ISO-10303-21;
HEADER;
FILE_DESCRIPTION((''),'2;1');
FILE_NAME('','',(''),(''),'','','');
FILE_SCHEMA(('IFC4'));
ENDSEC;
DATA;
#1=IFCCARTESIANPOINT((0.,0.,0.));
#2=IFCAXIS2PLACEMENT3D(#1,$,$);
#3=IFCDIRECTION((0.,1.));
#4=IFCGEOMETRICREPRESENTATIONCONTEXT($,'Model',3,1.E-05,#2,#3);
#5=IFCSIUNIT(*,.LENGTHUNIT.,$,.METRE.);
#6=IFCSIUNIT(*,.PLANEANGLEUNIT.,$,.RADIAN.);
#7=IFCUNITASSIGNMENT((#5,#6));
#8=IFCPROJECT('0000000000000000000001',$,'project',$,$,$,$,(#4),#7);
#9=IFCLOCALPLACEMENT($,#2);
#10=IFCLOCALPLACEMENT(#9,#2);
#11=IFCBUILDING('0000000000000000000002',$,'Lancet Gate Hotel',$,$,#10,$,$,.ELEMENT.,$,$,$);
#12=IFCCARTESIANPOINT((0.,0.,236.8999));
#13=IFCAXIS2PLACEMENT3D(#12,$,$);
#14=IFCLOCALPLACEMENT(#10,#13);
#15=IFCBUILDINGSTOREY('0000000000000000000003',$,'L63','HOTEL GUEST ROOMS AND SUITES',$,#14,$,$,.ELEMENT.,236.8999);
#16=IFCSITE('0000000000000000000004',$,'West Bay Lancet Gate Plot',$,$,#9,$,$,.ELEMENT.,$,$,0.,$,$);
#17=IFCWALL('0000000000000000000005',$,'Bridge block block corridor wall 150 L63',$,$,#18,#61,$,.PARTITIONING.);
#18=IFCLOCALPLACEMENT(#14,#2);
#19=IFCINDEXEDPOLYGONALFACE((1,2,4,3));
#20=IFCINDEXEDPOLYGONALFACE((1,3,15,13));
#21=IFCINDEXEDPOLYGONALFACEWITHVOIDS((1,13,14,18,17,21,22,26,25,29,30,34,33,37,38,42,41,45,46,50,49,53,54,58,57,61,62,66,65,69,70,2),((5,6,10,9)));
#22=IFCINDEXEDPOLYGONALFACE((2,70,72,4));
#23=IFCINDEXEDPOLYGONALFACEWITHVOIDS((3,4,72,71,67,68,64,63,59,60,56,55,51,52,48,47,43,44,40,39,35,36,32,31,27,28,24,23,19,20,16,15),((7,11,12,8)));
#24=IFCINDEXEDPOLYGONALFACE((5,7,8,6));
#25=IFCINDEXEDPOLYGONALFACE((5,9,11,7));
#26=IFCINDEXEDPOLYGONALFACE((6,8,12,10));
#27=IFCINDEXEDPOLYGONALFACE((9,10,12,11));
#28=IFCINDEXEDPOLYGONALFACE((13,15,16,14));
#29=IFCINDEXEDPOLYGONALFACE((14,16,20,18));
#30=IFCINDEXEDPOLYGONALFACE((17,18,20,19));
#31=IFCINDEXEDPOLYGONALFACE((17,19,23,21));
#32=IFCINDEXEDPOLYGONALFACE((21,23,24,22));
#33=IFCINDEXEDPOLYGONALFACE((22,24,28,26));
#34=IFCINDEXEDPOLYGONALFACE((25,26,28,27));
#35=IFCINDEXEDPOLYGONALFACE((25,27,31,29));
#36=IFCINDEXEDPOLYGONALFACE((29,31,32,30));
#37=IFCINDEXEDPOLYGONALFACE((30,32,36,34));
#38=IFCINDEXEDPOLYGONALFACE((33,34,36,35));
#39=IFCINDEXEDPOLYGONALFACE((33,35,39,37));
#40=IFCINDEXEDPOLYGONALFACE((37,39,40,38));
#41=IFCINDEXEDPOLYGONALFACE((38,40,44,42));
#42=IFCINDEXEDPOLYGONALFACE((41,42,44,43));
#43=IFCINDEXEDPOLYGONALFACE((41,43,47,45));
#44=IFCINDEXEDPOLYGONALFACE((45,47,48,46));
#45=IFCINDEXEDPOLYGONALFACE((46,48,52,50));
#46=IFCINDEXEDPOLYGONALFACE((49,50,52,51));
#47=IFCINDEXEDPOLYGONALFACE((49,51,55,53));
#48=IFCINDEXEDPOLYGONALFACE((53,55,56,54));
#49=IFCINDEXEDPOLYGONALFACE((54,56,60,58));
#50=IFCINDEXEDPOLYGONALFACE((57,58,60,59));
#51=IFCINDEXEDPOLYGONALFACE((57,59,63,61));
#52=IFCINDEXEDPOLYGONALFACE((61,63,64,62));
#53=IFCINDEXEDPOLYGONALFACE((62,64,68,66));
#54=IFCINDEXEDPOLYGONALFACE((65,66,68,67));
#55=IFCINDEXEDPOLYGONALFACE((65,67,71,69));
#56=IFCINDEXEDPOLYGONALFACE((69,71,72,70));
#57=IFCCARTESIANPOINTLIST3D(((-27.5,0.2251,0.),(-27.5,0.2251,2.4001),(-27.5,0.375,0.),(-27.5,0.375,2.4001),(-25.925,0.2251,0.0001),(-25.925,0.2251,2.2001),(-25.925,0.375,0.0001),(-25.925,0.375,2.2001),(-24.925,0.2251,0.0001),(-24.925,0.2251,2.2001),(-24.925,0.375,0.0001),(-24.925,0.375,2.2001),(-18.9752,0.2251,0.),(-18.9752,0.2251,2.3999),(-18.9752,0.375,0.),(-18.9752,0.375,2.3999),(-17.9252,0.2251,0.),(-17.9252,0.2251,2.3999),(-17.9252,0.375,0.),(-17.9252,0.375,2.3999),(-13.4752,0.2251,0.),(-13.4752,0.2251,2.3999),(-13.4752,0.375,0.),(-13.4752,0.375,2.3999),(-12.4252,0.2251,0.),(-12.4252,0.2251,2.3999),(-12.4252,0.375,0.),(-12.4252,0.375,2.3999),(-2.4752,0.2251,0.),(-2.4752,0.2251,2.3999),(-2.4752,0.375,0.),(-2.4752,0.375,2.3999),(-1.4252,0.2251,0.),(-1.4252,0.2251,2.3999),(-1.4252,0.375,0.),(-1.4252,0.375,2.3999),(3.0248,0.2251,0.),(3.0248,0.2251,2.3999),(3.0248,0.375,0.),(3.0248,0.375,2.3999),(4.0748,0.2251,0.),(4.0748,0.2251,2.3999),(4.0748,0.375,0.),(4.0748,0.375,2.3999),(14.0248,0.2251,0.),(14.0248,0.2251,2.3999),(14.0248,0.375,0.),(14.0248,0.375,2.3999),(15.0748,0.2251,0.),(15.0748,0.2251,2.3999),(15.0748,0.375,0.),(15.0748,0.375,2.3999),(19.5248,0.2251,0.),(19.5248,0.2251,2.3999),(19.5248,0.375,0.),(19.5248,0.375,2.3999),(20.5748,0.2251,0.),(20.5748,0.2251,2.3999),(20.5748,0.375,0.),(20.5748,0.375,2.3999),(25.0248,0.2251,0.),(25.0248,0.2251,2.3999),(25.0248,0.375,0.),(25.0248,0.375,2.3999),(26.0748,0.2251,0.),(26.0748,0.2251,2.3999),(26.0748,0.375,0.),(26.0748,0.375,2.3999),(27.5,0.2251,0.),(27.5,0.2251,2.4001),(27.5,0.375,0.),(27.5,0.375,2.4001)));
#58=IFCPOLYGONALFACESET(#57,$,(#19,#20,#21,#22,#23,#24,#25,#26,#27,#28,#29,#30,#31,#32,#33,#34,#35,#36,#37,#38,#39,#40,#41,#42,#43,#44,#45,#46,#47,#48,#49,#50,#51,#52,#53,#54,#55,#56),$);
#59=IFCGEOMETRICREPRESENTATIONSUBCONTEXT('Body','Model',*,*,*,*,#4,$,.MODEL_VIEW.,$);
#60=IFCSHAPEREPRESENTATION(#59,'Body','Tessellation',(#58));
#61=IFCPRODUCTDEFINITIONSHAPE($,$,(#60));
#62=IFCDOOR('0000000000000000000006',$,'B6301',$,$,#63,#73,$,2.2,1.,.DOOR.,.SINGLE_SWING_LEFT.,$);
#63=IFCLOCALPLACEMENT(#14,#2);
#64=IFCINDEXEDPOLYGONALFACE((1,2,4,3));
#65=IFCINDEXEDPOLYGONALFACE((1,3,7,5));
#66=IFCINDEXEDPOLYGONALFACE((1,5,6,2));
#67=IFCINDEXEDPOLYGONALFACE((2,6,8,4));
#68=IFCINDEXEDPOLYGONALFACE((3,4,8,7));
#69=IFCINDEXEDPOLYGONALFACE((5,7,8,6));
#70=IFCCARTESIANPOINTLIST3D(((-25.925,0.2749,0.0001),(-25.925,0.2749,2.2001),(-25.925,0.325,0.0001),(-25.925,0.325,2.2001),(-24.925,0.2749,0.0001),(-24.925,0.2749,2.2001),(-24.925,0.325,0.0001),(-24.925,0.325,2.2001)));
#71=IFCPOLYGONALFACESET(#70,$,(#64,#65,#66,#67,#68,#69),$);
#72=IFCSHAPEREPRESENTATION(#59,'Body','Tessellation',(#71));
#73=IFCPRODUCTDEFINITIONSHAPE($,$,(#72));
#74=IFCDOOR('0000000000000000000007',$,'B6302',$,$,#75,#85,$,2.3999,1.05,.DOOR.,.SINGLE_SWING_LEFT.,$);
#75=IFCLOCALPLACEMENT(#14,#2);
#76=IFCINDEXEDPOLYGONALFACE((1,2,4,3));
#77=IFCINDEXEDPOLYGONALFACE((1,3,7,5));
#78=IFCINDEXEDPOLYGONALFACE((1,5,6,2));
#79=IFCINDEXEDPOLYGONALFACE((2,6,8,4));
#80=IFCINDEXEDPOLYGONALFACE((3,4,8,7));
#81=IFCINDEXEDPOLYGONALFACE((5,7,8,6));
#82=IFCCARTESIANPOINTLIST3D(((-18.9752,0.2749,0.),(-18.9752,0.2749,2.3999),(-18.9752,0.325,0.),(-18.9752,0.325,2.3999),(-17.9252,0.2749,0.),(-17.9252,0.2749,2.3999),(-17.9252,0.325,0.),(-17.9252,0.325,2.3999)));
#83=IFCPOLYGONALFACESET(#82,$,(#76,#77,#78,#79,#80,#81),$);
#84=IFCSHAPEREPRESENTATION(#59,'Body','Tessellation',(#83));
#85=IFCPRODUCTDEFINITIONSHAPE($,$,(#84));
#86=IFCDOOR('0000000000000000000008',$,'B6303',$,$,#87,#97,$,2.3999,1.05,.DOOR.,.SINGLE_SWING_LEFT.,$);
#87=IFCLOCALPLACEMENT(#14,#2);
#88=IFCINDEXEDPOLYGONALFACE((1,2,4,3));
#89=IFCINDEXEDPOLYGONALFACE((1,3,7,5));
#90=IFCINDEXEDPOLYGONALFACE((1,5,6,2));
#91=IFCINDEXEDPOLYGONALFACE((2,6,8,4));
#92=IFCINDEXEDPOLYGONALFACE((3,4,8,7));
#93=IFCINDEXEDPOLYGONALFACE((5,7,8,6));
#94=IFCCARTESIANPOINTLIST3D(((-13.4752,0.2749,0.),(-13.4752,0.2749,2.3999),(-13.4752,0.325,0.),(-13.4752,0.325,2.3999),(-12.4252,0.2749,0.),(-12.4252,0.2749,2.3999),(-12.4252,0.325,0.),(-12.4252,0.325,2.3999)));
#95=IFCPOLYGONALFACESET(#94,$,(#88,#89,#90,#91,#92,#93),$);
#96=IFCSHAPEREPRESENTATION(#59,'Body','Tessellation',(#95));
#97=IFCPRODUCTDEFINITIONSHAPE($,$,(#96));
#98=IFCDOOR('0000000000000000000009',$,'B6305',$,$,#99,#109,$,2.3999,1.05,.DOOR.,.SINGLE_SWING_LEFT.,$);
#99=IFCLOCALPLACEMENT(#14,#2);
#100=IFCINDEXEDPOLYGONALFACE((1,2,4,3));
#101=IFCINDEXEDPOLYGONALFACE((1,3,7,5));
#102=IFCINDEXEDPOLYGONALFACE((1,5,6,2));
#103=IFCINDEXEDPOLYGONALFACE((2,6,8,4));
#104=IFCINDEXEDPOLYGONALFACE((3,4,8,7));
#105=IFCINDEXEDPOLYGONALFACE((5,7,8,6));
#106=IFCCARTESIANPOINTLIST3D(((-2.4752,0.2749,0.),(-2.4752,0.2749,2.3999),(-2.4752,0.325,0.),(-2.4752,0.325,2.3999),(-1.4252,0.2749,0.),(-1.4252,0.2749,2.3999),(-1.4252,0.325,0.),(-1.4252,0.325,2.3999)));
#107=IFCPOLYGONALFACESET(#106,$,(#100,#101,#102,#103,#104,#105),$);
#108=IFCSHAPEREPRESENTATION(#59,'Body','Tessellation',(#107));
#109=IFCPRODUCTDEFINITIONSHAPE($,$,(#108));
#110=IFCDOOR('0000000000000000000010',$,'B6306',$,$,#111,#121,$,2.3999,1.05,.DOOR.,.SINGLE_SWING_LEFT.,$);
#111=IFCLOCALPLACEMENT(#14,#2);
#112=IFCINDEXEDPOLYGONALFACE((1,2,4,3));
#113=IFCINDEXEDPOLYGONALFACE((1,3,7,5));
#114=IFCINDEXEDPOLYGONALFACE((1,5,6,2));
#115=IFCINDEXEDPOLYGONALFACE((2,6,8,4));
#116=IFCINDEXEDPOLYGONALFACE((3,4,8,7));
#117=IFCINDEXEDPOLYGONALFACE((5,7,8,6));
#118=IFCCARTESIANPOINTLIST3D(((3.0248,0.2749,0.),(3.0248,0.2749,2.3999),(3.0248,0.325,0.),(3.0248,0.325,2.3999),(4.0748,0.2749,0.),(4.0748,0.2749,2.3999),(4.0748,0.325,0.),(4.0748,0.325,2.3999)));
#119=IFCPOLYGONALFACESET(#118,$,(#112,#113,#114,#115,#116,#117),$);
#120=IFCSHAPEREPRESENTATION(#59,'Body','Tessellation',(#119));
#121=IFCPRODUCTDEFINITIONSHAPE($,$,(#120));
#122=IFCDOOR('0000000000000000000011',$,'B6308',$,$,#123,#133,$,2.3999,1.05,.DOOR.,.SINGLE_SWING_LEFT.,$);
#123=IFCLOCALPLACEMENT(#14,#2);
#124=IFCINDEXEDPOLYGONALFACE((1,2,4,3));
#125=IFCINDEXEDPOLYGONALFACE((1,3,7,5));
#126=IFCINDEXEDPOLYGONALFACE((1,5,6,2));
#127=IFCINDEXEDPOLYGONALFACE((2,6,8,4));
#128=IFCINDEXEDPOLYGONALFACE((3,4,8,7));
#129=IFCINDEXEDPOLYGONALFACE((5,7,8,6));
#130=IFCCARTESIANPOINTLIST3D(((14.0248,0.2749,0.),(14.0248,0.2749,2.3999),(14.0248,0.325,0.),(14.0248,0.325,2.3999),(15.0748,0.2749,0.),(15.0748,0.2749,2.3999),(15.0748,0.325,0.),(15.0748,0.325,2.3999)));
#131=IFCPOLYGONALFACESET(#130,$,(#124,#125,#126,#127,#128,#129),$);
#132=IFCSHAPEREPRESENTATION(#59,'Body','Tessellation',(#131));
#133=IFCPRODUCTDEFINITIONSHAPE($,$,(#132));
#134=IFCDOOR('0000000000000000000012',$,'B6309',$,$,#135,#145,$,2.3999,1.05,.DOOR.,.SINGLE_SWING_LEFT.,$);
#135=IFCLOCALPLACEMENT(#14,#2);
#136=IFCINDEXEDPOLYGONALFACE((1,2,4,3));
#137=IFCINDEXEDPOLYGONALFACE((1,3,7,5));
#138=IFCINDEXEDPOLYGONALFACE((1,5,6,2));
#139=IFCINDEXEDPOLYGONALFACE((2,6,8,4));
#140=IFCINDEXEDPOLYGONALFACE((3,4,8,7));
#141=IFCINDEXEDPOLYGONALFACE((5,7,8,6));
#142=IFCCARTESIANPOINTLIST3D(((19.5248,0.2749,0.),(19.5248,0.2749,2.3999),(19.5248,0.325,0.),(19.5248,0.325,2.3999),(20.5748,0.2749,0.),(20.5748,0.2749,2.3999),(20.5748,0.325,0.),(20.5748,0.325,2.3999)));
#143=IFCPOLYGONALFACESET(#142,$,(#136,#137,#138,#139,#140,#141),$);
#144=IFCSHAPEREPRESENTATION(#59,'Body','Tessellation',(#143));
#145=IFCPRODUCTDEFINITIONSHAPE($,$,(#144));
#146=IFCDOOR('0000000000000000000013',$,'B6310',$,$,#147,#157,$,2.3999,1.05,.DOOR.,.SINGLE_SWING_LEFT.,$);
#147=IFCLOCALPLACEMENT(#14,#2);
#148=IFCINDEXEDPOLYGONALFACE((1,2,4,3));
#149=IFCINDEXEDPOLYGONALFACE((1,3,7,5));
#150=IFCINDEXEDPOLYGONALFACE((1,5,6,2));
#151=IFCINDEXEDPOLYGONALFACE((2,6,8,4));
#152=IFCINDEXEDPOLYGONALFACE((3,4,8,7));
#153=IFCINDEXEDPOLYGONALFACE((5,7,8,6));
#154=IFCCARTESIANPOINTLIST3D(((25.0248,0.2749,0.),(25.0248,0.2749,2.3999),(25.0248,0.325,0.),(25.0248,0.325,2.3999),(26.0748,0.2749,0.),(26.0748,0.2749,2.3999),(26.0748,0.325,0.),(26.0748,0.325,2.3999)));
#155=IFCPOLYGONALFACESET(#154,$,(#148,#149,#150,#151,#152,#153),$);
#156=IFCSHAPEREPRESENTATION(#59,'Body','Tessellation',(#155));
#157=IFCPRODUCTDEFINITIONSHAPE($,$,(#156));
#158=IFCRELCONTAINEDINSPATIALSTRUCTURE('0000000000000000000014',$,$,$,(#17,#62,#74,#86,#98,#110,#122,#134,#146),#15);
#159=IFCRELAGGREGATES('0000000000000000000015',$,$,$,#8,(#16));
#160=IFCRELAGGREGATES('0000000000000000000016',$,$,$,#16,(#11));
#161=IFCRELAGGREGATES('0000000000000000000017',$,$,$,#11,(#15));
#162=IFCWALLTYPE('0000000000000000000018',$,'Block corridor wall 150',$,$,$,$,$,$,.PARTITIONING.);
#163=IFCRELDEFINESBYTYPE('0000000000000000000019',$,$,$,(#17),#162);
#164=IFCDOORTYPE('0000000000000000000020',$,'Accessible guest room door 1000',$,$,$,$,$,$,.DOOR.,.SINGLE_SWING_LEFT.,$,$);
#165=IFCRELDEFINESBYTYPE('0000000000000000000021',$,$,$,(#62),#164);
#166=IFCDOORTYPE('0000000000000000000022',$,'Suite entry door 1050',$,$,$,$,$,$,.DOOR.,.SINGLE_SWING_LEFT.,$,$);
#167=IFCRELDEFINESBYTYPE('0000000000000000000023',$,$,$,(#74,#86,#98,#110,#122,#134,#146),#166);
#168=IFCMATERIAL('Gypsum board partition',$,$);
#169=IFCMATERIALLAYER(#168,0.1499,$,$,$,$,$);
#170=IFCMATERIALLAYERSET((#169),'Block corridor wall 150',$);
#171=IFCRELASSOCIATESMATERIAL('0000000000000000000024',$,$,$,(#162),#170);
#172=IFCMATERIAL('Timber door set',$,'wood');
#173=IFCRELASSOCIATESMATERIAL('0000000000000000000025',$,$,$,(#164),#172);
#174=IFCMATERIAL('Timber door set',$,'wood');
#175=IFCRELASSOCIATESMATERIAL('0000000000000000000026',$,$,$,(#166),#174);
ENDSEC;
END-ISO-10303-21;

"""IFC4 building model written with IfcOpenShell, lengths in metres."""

from ifc_helpers import new_model, si_unit, direction, frame, frame_2d, origin, place, context, subcontext, project, spatial, rectangle, extrude, material, layer, layer_set, type_object, element, fill, save


model = new_model("IFC4")

# Units and contexts
model_context = context("Model", 3, precision=1e-05, world=origin(), true_north=direction((0.0, 1.0)))
body_context = subcontext(model_context, "Body", "Model", "MODEL_VIEW")
ifc_project = project(units=[si_unit("LENGTHUNIT", "METRE"), si_unit("PLANEANGLEUNIT", "RADIAN")], contexts=[model_context])

# Site, building, storey
site_placement = place(None, origin())
site = spatial("IfcSite", under=ifc_project, at=site_placement, Name="West Bay Lancet Gate Plot", CompositionType="ELEMENT", RefElevation=0.0)
building_placement = place(site_placement, origin())
building = spatial("IfcBuilding", under=site, at=building_placement, Name="Lancet Gate Hotel", CompositionType="ELEMENT")
storey_placement = place(building_placement, frame((0.0, 0.0, 236.8999)))
storey = spatial("IfcBuildingStorey", under=building, at=storey_placement, Name="L63", Description="HOTEL GUEST ROOMS AND SUITES", CompositionType="ELEMENT", Elevation=236.8999)

# Wall, openings, doors
ifc_material_1 = material(Name="Gypsum board partition")
ifc_layer_1 = layer(ifc_material_1, 0.1499)
ifc_layer_set_1 = layer_set([ifc_layer_1], Name="Block corridor wall 150")
wall_type_1 = type_object("IfcWallType", Name="Block corridor wall 150", PredefinedType="PARTITIONING", material=ifc_layer_set_1)
wall_1_placement = place(storey_placement, frame((-27.5, 0.3, 0.0), z_axis=(0.0, 0.0, 1.0), x_axis=(1.0, 0.0, 0.0)))
wall_1 = element("IfcWall", 1, at=wall_1_placement, inside=storey, type_object=wall_type_1, Name="Bridge block block corridor wall 150 L63", PredefinedType="PARTITIONING", context=body_context, shape_type="SweptSolid", body=[
    extrude(rectangle(XDim=55.0, YDim=0.1499, at=frame_2d((27.5, 0.0))), origin(), (0.0, 0.0, 1.0), 2.4001),
])
opening_1_placement = place(wall_1_placement, frame((1.575, 0.0, 0.0)))
opening_1 = element("IfcOpeningElement", 2, at=opening_1_placement, cuts=wall_1, PredefinedType="OPENING", context=body_context, shape_type="SweptSolid", body=[
    extrude(rectangle(XDim=1.0, YDim=2.2, at=frame_2d((0.5, 1.1001))), frame((0.0, 0.085, 0.0), z_axis=(0.0, -1.0, 0.0), x_axis=(1.0, 0.0, 0.0)), (0.0, 0.0, 1.0), 0.1699),
])
opening_2_placement = place(wall_1_placement, frame((8.5249, 0.0, 0.0)))
opening_2 = element("IfcOpeningElement", 3, at=opening_2_placement, cuts=wall_1, PredefinedType="OPENING", context=body_context, shape_type="SweptSolid", body=[
    extrude(rectangle(XDim=1.05, YDim=2.3999, at=frame_2d((0.5249, 1.2))), frame((0.0, 0.085, 0.0), z_axis=(0.0, -1.0, 0.0), x_axis=(1.0, 0.0, 0.0)), (0.0, 0.0, 1.0), 0.1699),
])
opening_3_placement = place(wall_1_placement, frame((14.0249, 0.0, 0.0)))
opening_3 = element("IfcOpeningElement", 4, at=opening_3_placement, cuts=wall_1, PredefinedType="OPENING", context=body_context, shape_type="SweptSolid", body=[
    extrude(rectangle(XDim=1.05, YDim=2.3999, at=frame_2d((0.5249, 1.2))), frame((0.0, 0.085, 0.0), z_axis=(0.0, -1.0, 0.0), x_axis=(1.0, 0.0, 0.0)), (0.0, 0.0, 1.0), 0.1699),
])
opening_4_placement = place(wall_1_placement, frame((25.0249, 0.0, 0.0)))
opening_4 = element("IfcOpeningElement", 5, at=opening_4_placement, cuts=wall_1, PredefinedType="OPENING", context=body_context, shape_type="SweptSolid", body=[
    extrude(rectangle(XDim=1.05, YDim=2.3999, at=frame_2d((0.5249, 1.2))), frame((0.0, 0.085, 0.0), z_axis=(0.0, -1.0, 0.0), x_axis=(1.0, 0.0, 0.0)), (0.0, 0.0, 1.0), 0.1699),
])
opening_5_placement = place(wall_1_placement, frame((30.5249, 0.0, 0.0)))
opening_5 = element("IfcOpeningElement", 6, at=opening_5_placement, cuts=wall_1, PredefinedType="OPENING", context=body_context, shape_type="SweptSolid", body=[
    extrude(rectangle(XDim=1.05, YDim=2.3999, at=frame_2d((0.5249, 1.2))), frame((0.0, 0.085, 0.0), z_axis=(0.0, -1.0, 0.0), x_axis=(1.0, 0.0, 0.0)), (0.0, 0.0, 1.0), 0.1699),
])
opening_6_placement = place(wall_1_placement, frame((41.5249, 0.0, 0.0)))
opening_6 = element("IfcOpeningElement", 7, at=opening_6_placement, cuts=wall_1, PredefinedType="OPENING", context=body_context, shape_type="SweptSolid", body=[
    extrude(rectangle(XDim=1.05, YDim=2.3999, at=frame_2d((0.5249, 1.2))), frame((0.0, 0.085, 0.0), z_axis=(0.0, -1.0, 0.0), x_axis=(1.0, 0.0, 0.0)), (0.0, 0.0, 1.0), 0.1699),
])
opening_7_placement = place(wall_1_placement, frame((47.0249, 0.0, 0.0)))
opening_7 = element("IfcOpeningElement", 8, at=opening_7_placement, cuts=wall_1, PredefinedType="OPENING", context=body_context, shape_type="SweptSolid", body=[
    extrude(rectangle(XDim=1.05, YDim=2.3999, at=frame_2d((0.5249, 1.2))), frame((0.0, 0.085, 0.0), z_axis=(0.0, -1.0, 0.0), x_axis=(1.0, 0.0, 0.0)), (0.0, 0.0, 1.0), 0.1699),
])
opening_8_placement = place(wall_1_placement, frame((52.5249, 0.0, 0.0)))
opening_8 = element("IfcOpeningElement", 9, at=opening_8_placement, cuts=wall_1, PredefinedType="OPENING", context=body_context, shape_type="SweptSolid", body=[
    extrude(rectangle(XDim=1.05, YDim=2.3999, at=frame_2d((0.5249, 1.2))), frame((0.0, 0.085, 0.0), z_axis=(0.0, -1.0, 0.0), x_axis=(1.0, 0.0, 0.0)), (0.0, 0.0, 1.0), 0.1699),
])
ifc_material_2 = material(Name="Timber door set", Category="wood")
door_type_1 = type_object("IfcDoorType", Name="Accessible guest room door 1000", OperationType="SINGLE_SWING_LEFT", PredefinedType="DOOR", material=ifc_material_2)
door_1_placement = place(opening_1_placement, origin())
door_1 = element("IfcDoor", 10, at=door_1_placement, inside=storey, type_object=door_type_1, Name="B6301", OperationType="SINGLE_SWING_LEFT", OverallHeight=2.2, OverallWidth=1.0, PredefinedType="DOOR", context=body_context, shape_type="SweptSolid", body=[
    extrude(rectangle(XDim=1.0, YDim=2.2, at=frame_2d((0.5, 1.1001))), frame((0.0, 0.0249, 0.0), z_axis=(0.0, -1.0, 0.0), x_axis=(1.0, 0.0, 0.0)), (0.0, 0.0, 1.0), 0.05),
])
fill(opening_1, door_1)
ifc_material_3 = material(Name="Timber door set", Category="wood")
door_type_2 = type_object("IfcDoorType", Name="Suite entry door 1050", OperationType="SINGLE_SWING_LEFT", PredefinedType="DOOR", material=ifc_material_3)
door_2_placement = place(opening_2_placement, origin())
door_2 = element("IfcDoor", 11, at=door_2_placement, inside=storey, type_object=door_type_2, Name="B6302", OperationType="SINGLE_SWING_LEFT", OverallHeight=2.3999, OverallWidth=1.05, PredefinedType="DOOR", context=body_context, shape_type="SweptSolid", body=[
    extrude(rectangle(XDim=1.05, YDim=2.3999, at=frame_2d((0.5249, 1.2))), frame((0.0, 0.0249, 0.0), z_axis=(0.0, -1.0, 0.0), x_axis=(1.0, 0.0, 0.0)), (0.0, 0.0, 1.0), 0.05),
])
fill(opening_2, door_2)
door_3_placement = place(opening_3_placement, origin())
door_3 = element("IfcDoor", 12, at=door_3_placement, inside=storey, type_object=door_type_2, Name="B6303", OperationType="SINGLE_SWING_LEFT", OverallHeight=2.3999, OverallWidth=1.05, PredefinedType="DOOR", context=body_context, shape_type="SweptSolid", body=[
    extrude(rectangle(XDim=1.05, YDim=2.3999, at=frame_2d((0.5249, 1.2))), frame((0.0, 0.0249, 0.0), z_axis=(0.0, -1.0, 0.0), x_axis=(1.0, 0.0, 0.0)), (0.0, 0.0, 1.0), 0.05),
])
fill(opening_3, door_3)
door_4_placement = place(opening_4_placement, origin())
door_4 = element("IfcDoor", 13, at=door_4_placement, inside=storey, type_object=door_type_2, Name="B6305", OperationType="SINGLE_SWING_LEFT", OverallHeight=2.3999, OverallWidth=1.05, PredefinedType="DOOR", context=body_context, shape_type="SweptSolid", body=[
    extrude(rectangle(XDim=1.05, YDim=2.3999, at=frame_2d((0.5249, 1.2))), frame((0.0, 0.0249, 0.0), z_axis=(0.0, -1.0, 0.0), x_axis=(1.0, 0.0, 0.0)), (0.0, 0.0, 1.0), 0.05),
])
fill(opening_4, door_4)
door_5_placement = place(opening_5_placement, origin())
door_5 = element("IfcDoor", 14, at=door_5_placement, inside=storey, type_object=door_type_2, Name="B6306", OperationType="SINGLE_SWING_LEFT", OverallHeight=2.3999, OverallWidth=1.05, PredefinedType="DOOR", context=body_context, shape_type="SweptSolid", body=[
    extrude(rectangle(XDim=1.05, YDim=2.3999, at=frame_2d((0.5249, 1.2))), frame((0.0, 0.0249, 0.0), z_axis=(0.0, -1.0, 0.0), x_axis=(1.0, 0.0, 0.0)), (0.0, 0.0, 1.0), 0.05),
])
fill(opening_5, door_5)
door_6_placement = place(opening_6_placement, origin())
door_6 = element("IfcDoor", 15, at=door_6_placement, inside=storey, type_object=door_type_2, Name="B6308", OperationType="SINGLE_SWING_LEFT", OverallHeight=2.3999, OverallWidth=1.05, PredefinedType="DOOR", context=body_context, shape_type="SweptSolid", body=[
    extrude(rectangle(XDim=1.05, YDim=2.3999, at=frame_2d((0.5249, 1.2))), frame((0.0, 0.0249, 0.0), z_axis=(0.0, -1.0, 0.0), x_axis=(1.0, 0.0, 0.0)), (0.0, 0.0, 1.0), 0.05),
])
fill(opening_6, door_6)
door_7_placement = place(opening_7_placement, origin())
door_7 = element("IfcDoor", 16, at=door_7_placement, inside=storey, type_object=door_type_2, Name="B6309", OperationType="SINGLE_SWING_LEFT", OverallHeight=2.3999, OverallWidth=1.05, PredefinedType="DOOR", context=body_context, shape_type="SweptSolid", body=[
    extrude(rectangle(XDim=1.05, YDim=2.3999, at=frame_2d((0.5249, 1.2))), frame((0.0, 0.0249, 0.0), z_axis=(0.0, -1.0, 0.0), x_axis=(1.0, 0.0, 0.0)), (0.0, 0.0, 1.0), 0.05),
])
fill(opening_7, door_7)
door_8_placement = place(opening_8_placement, origin())
door_8 = element("IfcDoor", 17, at=door_8_placement, inside=storey, type_object=door_type_2, Name="B6310", OperationType="SINGLE_SWING_LEFT", OverallHeight=2.3999, OverallWidth=1.05, PredefinedType="DOOR", context=body_context, shape_type="SweptSolid", body=[
    extrude(rectangle(XDim=1.05, YDim=2.3999, at=frame_2d((0.5249, 1.2))), frame((0.0, 0.0249, 0.0), z_axis=(0.0, -1.0, 0.0), x_axis=(1.0, 0.0, 0.0)), (0.0, 0.0, 1.0), 0.05),
])
fill(opening_8, door_8)

save(model, "model.ifc")
